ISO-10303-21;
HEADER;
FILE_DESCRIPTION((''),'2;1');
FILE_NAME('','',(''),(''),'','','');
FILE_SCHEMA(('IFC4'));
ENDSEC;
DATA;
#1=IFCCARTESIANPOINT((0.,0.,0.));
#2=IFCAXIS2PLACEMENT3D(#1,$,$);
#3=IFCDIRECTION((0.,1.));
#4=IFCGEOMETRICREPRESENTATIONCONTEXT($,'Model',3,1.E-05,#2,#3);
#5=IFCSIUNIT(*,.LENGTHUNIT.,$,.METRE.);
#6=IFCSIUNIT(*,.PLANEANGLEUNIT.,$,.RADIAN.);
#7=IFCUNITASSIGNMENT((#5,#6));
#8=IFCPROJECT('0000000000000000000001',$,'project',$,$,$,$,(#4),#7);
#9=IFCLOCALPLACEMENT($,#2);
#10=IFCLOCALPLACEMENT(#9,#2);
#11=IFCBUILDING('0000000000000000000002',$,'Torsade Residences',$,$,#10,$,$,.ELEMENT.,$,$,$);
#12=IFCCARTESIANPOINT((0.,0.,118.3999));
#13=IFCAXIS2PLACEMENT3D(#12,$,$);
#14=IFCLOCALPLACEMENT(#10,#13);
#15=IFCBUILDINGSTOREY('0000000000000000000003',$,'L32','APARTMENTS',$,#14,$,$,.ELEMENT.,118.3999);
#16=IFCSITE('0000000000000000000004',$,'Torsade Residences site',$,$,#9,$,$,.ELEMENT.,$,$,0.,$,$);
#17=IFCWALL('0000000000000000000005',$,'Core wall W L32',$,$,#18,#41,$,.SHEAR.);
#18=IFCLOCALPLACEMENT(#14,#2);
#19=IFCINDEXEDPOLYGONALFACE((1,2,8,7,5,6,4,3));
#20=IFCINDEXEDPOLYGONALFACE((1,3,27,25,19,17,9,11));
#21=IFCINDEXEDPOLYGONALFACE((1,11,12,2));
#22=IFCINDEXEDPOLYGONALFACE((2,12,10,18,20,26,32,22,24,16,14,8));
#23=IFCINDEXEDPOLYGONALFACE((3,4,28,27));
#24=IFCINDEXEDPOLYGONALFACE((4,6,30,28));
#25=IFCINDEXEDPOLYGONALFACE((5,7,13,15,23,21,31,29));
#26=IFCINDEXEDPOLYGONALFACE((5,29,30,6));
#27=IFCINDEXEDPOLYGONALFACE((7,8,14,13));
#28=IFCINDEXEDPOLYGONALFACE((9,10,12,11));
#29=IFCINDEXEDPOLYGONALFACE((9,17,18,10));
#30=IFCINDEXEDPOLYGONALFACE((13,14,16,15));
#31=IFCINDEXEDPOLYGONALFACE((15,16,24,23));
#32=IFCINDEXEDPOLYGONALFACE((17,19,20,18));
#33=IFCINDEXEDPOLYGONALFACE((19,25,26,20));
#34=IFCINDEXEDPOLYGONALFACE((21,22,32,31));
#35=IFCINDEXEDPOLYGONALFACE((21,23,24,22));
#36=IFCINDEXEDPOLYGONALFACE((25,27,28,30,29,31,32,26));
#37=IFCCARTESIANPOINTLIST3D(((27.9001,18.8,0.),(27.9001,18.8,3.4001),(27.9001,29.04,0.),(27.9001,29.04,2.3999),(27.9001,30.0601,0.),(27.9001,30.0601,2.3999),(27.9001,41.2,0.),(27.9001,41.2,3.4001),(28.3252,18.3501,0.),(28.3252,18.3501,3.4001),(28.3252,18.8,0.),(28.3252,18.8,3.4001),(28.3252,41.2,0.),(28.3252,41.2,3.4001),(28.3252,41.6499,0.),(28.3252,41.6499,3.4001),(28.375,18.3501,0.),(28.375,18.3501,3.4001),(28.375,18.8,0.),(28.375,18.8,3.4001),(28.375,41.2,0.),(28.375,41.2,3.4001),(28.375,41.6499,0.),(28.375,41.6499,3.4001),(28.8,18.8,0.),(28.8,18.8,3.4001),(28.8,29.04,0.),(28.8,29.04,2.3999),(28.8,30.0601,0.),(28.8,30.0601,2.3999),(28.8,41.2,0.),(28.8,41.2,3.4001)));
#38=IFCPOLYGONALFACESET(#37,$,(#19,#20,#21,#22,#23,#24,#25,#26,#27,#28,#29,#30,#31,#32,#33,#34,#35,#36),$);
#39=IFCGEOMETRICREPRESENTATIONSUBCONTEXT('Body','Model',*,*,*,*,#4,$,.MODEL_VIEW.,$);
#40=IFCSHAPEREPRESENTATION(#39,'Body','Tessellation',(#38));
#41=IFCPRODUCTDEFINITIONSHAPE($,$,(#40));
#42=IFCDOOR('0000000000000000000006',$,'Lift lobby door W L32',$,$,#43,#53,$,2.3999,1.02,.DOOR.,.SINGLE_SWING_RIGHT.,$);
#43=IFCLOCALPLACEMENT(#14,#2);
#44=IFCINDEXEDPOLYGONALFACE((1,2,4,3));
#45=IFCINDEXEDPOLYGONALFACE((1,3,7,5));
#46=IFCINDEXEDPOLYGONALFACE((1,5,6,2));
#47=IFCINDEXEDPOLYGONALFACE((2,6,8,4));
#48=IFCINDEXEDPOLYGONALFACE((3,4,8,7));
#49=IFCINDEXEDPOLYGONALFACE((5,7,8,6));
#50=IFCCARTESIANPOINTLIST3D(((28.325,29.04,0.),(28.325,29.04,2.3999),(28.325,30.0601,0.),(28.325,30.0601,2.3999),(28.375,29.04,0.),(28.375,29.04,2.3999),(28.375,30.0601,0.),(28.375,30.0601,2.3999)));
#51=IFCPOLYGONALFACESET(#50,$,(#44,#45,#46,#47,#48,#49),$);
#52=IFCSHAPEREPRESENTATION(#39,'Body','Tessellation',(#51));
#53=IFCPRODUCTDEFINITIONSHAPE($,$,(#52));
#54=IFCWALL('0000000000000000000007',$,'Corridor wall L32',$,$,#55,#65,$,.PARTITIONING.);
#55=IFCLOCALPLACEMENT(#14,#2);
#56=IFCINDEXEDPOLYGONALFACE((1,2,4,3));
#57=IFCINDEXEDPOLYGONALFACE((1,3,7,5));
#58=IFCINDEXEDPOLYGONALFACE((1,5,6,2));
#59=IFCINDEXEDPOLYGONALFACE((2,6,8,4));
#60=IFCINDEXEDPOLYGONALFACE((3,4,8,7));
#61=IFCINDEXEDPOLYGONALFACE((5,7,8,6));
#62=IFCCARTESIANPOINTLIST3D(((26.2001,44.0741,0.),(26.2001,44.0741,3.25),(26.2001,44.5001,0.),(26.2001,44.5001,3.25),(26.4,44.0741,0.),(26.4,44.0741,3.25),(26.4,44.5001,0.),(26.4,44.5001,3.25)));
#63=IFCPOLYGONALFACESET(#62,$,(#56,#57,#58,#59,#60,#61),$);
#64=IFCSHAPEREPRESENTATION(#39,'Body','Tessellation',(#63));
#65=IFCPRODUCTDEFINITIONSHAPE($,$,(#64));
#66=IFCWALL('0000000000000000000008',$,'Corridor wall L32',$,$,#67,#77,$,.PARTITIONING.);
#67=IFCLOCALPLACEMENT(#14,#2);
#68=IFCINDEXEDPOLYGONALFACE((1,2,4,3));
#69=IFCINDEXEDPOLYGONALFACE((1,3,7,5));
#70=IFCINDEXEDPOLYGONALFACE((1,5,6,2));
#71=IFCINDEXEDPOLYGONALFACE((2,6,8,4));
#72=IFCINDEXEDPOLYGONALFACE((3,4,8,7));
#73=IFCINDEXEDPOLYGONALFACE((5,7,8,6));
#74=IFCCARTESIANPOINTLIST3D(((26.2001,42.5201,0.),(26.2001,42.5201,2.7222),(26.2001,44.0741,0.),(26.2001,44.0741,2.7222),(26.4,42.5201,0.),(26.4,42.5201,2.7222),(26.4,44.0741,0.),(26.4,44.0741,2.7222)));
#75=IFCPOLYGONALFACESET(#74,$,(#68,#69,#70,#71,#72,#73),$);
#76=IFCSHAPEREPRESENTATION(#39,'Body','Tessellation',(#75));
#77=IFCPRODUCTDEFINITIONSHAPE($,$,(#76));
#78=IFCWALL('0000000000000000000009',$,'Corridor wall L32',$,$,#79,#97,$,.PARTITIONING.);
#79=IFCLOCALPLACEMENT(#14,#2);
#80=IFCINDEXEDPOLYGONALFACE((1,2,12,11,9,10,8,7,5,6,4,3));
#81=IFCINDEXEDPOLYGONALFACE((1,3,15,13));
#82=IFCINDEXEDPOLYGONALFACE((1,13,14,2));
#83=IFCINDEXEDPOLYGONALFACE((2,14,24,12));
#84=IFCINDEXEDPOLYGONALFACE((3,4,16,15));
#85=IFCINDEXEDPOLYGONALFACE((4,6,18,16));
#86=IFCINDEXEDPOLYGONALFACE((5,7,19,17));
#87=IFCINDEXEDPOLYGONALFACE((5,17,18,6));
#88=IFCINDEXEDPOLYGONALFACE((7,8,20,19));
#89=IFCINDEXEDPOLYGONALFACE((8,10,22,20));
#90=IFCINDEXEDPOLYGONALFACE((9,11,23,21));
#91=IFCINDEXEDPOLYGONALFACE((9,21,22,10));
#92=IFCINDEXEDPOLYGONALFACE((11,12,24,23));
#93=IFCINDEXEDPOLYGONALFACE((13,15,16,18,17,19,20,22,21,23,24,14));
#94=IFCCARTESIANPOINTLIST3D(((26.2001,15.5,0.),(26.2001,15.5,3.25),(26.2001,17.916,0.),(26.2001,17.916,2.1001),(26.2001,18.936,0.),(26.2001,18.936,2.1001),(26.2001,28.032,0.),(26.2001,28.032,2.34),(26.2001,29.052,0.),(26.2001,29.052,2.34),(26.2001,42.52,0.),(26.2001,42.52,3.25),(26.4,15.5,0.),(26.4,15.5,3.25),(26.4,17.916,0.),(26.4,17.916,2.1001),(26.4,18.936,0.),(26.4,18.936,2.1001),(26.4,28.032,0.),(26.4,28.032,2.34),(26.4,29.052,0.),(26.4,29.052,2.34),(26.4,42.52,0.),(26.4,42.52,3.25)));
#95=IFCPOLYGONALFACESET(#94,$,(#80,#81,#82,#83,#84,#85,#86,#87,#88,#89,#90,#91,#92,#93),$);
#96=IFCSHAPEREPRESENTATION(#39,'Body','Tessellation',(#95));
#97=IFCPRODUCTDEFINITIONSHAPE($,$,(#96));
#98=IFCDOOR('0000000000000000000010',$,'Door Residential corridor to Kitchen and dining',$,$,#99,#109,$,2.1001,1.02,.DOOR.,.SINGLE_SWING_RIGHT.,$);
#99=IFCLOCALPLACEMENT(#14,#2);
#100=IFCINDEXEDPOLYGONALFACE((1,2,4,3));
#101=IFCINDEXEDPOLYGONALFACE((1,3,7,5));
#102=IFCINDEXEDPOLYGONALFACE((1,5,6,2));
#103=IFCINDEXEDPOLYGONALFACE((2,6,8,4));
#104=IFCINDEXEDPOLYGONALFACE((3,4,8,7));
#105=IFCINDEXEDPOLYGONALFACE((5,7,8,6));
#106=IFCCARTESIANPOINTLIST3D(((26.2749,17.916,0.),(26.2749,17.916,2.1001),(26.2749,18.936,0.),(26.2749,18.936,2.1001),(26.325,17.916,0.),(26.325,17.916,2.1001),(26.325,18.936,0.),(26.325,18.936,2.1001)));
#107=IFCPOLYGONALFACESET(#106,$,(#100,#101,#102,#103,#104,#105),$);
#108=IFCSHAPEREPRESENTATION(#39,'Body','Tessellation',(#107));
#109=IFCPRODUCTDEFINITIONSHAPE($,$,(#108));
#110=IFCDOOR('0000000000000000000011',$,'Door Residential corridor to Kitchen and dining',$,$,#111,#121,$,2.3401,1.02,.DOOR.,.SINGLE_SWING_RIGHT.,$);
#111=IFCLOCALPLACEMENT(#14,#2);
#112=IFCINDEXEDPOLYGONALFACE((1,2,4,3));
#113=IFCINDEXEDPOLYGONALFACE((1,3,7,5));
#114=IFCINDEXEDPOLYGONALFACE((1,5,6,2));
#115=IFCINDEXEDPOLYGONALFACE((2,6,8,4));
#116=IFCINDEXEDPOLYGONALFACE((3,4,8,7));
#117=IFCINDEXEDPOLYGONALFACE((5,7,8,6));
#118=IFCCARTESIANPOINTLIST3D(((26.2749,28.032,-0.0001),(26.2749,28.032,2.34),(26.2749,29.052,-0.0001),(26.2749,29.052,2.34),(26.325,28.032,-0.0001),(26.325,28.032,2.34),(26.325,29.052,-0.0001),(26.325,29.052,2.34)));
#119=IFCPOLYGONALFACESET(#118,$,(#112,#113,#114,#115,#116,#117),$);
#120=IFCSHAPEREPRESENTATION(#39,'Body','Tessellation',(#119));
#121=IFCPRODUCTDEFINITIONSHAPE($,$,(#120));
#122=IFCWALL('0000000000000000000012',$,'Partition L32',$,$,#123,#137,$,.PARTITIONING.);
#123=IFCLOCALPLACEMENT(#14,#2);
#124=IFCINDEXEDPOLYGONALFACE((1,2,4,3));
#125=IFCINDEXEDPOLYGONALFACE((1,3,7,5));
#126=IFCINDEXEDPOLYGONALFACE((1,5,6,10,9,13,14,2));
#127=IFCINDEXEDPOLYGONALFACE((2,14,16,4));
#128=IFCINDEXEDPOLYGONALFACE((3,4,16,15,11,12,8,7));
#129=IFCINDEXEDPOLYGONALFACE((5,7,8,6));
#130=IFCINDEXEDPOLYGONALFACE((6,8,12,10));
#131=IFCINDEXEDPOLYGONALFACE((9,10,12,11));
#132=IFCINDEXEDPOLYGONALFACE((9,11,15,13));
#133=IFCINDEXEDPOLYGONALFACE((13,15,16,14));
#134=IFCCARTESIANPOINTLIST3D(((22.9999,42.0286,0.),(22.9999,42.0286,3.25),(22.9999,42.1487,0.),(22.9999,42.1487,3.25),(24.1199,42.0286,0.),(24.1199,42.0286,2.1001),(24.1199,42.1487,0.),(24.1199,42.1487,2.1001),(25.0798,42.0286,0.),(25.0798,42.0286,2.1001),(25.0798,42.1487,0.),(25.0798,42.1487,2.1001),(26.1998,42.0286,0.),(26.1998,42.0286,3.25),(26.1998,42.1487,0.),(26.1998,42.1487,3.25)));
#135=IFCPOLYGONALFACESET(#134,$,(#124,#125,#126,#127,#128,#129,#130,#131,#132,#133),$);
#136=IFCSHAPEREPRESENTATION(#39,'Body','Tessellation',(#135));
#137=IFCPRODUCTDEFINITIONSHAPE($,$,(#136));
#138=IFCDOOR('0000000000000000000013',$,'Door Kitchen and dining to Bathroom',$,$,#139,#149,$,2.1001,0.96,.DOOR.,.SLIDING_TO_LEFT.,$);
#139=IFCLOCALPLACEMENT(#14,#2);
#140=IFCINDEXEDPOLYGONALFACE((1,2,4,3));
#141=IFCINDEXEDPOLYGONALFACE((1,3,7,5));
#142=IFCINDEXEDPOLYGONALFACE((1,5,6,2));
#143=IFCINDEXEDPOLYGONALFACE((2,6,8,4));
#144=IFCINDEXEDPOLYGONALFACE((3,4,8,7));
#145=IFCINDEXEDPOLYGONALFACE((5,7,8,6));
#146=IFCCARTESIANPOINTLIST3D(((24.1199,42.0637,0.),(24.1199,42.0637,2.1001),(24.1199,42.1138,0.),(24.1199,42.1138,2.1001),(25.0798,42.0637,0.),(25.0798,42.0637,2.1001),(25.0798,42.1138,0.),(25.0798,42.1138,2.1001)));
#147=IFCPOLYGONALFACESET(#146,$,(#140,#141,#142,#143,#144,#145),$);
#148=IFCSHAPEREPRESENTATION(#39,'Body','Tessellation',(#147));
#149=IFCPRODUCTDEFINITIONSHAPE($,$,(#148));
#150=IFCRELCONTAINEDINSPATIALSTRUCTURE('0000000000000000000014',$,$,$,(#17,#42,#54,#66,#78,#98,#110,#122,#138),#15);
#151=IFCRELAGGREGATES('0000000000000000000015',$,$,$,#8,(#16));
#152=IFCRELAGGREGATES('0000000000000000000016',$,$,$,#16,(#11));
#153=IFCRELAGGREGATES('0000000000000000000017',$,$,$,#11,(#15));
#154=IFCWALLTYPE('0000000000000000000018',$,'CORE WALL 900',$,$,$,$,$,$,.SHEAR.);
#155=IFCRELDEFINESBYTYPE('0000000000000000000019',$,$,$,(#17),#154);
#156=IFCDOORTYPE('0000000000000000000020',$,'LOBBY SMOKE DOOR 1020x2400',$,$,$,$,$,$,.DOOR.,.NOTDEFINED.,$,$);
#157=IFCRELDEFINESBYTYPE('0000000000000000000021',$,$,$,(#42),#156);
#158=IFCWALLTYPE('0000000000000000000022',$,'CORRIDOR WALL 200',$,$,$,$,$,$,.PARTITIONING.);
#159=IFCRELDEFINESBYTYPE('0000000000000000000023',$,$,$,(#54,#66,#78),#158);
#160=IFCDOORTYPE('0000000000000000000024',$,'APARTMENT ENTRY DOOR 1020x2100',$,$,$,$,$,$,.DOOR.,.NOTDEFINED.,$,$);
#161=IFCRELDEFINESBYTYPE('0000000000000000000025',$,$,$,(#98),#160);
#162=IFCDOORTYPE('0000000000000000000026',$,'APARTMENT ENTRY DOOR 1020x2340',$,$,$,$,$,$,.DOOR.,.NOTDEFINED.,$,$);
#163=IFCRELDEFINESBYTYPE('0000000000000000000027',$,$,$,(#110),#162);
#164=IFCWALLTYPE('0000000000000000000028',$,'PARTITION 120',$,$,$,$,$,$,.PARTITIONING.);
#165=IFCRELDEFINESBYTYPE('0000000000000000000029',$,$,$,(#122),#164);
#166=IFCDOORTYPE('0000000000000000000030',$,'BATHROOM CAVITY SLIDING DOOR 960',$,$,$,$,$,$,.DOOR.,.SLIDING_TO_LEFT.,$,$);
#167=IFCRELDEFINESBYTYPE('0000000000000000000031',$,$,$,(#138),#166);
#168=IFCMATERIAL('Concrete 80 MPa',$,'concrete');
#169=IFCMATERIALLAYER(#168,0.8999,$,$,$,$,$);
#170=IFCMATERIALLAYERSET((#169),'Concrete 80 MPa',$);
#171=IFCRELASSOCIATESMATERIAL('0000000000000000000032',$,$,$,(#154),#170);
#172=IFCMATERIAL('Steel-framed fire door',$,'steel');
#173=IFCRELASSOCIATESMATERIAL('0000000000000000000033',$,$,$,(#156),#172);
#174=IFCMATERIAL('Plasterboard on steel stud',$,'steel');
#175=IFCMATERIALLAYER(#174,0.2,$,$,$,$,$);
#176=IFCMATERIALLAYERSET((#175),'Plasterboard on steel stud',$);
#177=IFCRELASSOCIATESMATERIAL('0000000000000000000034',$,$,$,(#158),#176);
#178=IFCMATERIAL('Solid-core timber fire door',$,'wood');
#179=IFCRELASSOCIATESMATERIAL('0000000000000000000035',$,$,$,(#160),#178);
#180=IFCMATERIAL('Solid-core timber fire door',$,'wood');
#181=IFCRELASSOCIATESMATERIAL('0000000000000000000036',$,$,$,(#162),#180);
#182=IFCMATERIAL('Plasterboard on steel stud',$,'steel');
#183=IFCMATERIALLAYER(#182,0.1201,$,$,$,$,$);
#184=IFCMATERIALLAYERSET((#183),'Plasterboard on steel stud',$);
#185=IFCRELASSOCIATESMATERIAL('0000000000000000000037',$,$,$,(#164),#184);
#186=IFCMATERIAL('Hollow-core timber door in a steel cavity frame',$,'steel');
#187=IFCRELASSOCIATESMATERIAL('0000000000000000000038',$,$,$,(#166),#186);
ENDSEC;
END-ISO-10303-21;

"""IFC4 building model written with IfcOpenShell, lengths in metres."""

from ifc_helpers import new_model, si_unit, direction, frame, frame_2d, origin, place, context, subcontext, project, spatial, polyline, rectangle, outline, extrude, material, layer, layer_set, type_object, element, fill, save


model = new_model("IFC4")

# Units and contexts
model_context = context("Model", 3, precision=1e-05, world=origin(), true_north=direction((0.0, 1.0)))
body_context = subcontext(model_context, "Body", "Model", "MODEL_VIEW")
ifc_project = project(units=[si_unit("LENGTHUNIT", "METRE"), si_unit("PLANEANGLEUNIT", "RADIAN")], contexts=[model_context])

# Site, building, storey
site_placement = place(None, origin())
site = spatial("IfcSite", under=ifc_project, at=site_placement, Name="Torsade Residences site", CompositionType="ELEMENT", RefElevation=0.0)
building_placement = place(site_placement, origin())
building = spatial("IfcBuilding", under=site, at=building_placement, Name="Torsade Residences", CompositionType="ELEMENT")
storey_placement = place(building_placement, frame((0.0, 0.0, 118.3999)))
storey = spatial("IfcBuildingStorey", under=building, at=storey_placement, Name="L32", Description="APARTMENTS", CompositionType="ELEMENT", Elevation=118.3999)

# Shared definitions
ifc_material_1 = material(Name="Concrete 80 MPa", Category="concrete")
ifc_layer_1 = layer(ifc_material_1, 0.8999)
ifc_layer_set_1 = layer_set([ifc_layer_1], Name="Concrete 80 MPa")
wall_type_1 = type_object("IfcWallType", Name="CORE WALL 900", PredefinedType="SHEAR", material=ifc_layer_set_1)

# Wall, opening, door
wall_1_placement = place(storey_placement, frame((28.3501, 41.2, 0.0), z_axis=(0.0, 0.0, 1.0), x_axis=(0.0, -1.0, 0.0)))
wall_1 = element("IfcWall", 1, at=wall_1_placement, inside=storey, type_object=wall_type_1, Name="Core wall W L32", PredefinedType="SHEAR", context=body_context, shape_type="SweptSolid", body=[
    extrude(outline(polyline([(0.0, -0.45), (22.3999, -0.45), (22.3999, -0.0249), (22.8499, -0.0249), (22.8499, 0.0249), (22.3999, 0.0249), (22.3999, 0.45), (0.0, 0.45), (0.0, 0.0249), (-0.45, 0.0249), (-0.45, -0.0249), (0.0, -0.0249), (0.0, -0.45)])), origin(), (0.0, 0.0, 1.0), 3.4001),
])
opening_1_placement = place(wall_1_placement, frame((11.1399, 0.0, 0.0)))
opening_1 = element("IfcOpeningElement", 2, at=opening_1_placement, cuts=wall_1, PredefinedType="OPENING", context=body_context, shape_type="SweptSolid", body=[
    extrude(rectangle(XDim=1.02, YDim=2.3999, at=frame_2d((0.51, 1.2))), frame((0.0, 0.46, 0.0), z_axis=(0.0, -1.0, 0.0), x_axis=(1.0, 0.0, 0.0)), (0.0, 0.0, 1.0), 0.9199),
])
ifc_material_2 = material(Name="Steel-framed fire door", Category="steel")
door_type_1 = type_object("IfcDoorType", Name="LOBBY SMOKE DOOR 1020x2400", OperationType="NOTDEFINED", PredefinedType="DOOR", material=ifc_material_2)
door_1_placement = place(opening_1_placement, origin())
door_1 = element("IfcDoor", 3, at=door_1_placement, inside=storey, type_object=door_type_1, Name="Lift lobby door W L32", OperationType="SINGLE_SWING_RIGHT", OverallHeight=2.3999, OverallWidth=1.02, PredefinedType="DOOR", context=body_context, shape_type="SweptSolid", body=[
    extrude(rectangle(XDim=1.02, YDim=2.3999, at=frame_2d((0.51, 1.2))), frame((0.0, 0.0249, 0.0), z_axis=(0.0, -1.0, 0.0), x_axis=(1.0, 0.0, 0.0)), (0.0, 0.0, 1.0), 0.05),
])
fill(opening_1, door_1)

# Walls
ifc_material_3 = material(Name="Plasterboard on steel stud", Category="steel")
ifc_layer_2 = layer(ifc_material_3, 0.2)
ifc_layer_set_2 = layer_set([ifc_layer_2], Name="Plasterboard on steel stud")
wall_type_2 = type_object("IfcWallType", Name="CORRIDOR WALL 200", PredefinedType="PARTITIONING", material=ifc_layer_set_2)
wall_2_placement = place(storey_placement, frame((26.3, 44.5, 0.0), z_axis=(0.0, 0.0, 1.0), x_axis=(0.0, -1.0, 0.0)))
element("IfcWall", 4, at=wall_2_placement, inside=storey, type_object=wall_type_2, Name="Corridor wall L32", PredefinedType="PARTITIONING", context=body_context, shape_type="SweptSolid", body=[
    extrude(rectangle(XDim=0.426, YDim=0.2, at=frame_2d((0.2129, 0.0))), origin(), (0.0, 0.0, 1.0), 3.25),
])
wall_3_placement = place(storey_placement, frame((26.3, 44.074, 0.0), z_axis=(0.0, 0.0, 1.0), x_axis=(0.0, -1.0, 0.0)))
element("IfcWall", 5, at=wall_3_placement, inside=storey, type_object=wall_type_2, Name="Corridor wall L32", PredefinedType="PARTITIONING", context=body_context, shape_type="SweptSolid", body=[
    extrude(rectangle(XDim=1.554, YDim=0.2, at=frame_2d((0.7769, 0.0))), origin(), (0.0, 0.0, 1.0), 2.7222),
])

# Wall, openings, doors
wall_4_placement = place(storey_placement, frame((26.3, 42.52, 0.0), z_axis=(0.0, 0.0, 1.0), x_axis=(0.0, -1.0, 0.0)))
wall_4 = element("IfcWall", 6, at=wall_4_placement, inside=storey, type_object=wall_type_2, Name="Corridor wall L32", PredefinedType="PARTITIONING", context=body_context, shape_type="SweptSolid", body=[
    extrude(rectangle(XDim=27.02, YDim=0.2, at=frame_2d((13.51, 0.0))), origin(), (0.0, 0.0, 1.0), 3.25),
])
opening_2_placement = place(wall_4_placement, frame((23.584, 0.0, 0.0)))
opening_2 = element("IfcOpeningElement", 7, at=opening_2_placement, cuts=wall_4, PredefinedType="OPENING", context=body_context, shape_type="SweptSolid", body=[
    extrude(rectangle(XDim=1.02, YDim=2.1001, at=frame_2d((0.51, 1.05))), frame((0.0, 0.1099, 0.0), z_axis=(0.0, -1.0, 0.0), x_axis=(1.0, 0.0, 0.0)), (0.0, 0.0, 1.0), 0.22),
])
opening_3_placement = place(wall_4_placement, frame((13.468, 0.0, 0.0)))
opening_3 = element("IfcOpeningElement", 8, at=opening_3_placement, cuts=wall_4, PredefinedType="OPENING", context=body_context, shape_type="SweptSolid", body=[
    extrude(rectangle(XDim=1.02, YDim=2.3401, at=frame_2d((0.51, 1.1699))), frame((0.0, 0.1099, 0.0), z_axis=(0.0, -1.0, 0.0), x_axis=(1.0, 0.0, 0.0)), (0.0, 0.0, 1.0), 0.22),
])
ifc_material_4 = material(Name="Solid-core timber fire door", Category="wood")
door_type_2 = type_object("IfcDoorType", Name="APARTMENT ENTRY DOOR 1020x2100", OperationType="NOTDEFINED", PredefinedType="DOOR", material=ifc_material_4)
door_2_placement = place(opening_2_placement, origin())
door_2 = element("IfcDoor", 9, at=door_2_placement, inside=storey, type_object=door_type_2, Name="Door Residential corridor to Kitchen and dining", OperationType="SINGLE_SWING_RIGHT", OverallHeight=2.1001, OverallWidth=1.02, PredefinedType="DOOR", context=body_context, shape_type="SweptSolid", body=[
    extrude(rectangle(XDim=1.02, YDim=2.1001, at=frame_2d((0.51, 1.05))), frame((0.0, 0.0249, 0.0), z_axis=(0.0, -1.0, 0.0), x_axis=(1.0, 0.0, 0.0)), (0.0, 0.0, 1.0), 0.05),
])
fill(opening_2, door_2)
ifc_material_5 = material(Name="Solid-core timber fire door", Category="wood")
door_type_3 = type_object("IfcDoorType", Name="APARTMENT ENTRY DOOR 1020x2340", OperationType="NOTDEFINED", PredefinedType="DOOR", material=ifc_material_5)
door_3_placement = place(opening_3_placement, origin())
door_3 = element("IfcDoor", 10, at=door_3_placement, inside=storey, type_object=door_type_3, Name="Door Residential corridor to Kitchen and dining", OperationType="SINGLE_SWING_RIGHT", OverallHeight=2.3401, OverallWidth=1.02, PredefinedType="DOOR", context=body_context, shape_type="SweptSolid", body=[
    extrude(rectangle(XDim=1.02, YDim=2.3401, at=frame_2d((0.51, 1.1699))), frame((0.0, 0.0249, 0.0), z_axis=(0.0, -1.0, 0.0), x_axis=(1.0, 0.0, 0.0)), (0.0, 0.0, 1.0), 0.05),
])
fill(opening_3, door_3)

# Wall, opening, door
ifc_material_6 = material(Name="Plasterboard on steel stud", Category="steel")
ifc_layer_3 = layer(ifc_material_6, 0.1201)
ifc_layer_set_3 = layer_set([ifc_layer_3], Name="Plasterboard on steel stud")
wall_type_3 = type_object("IfcWallType", Name="PARTITION 120", PredefinedType="PARTITIONING", material=ifc_layer_set_3)
wall_5_placement = place(storey_placement, frame((26.2, 42.0886, 0.0), z_axis=(0.0, 0.0, 1.0), x_axis=(-1.0, 0.0, 0.0)))
wall_5 = element("IfcWall", 11, at=wall_5_placement, inside=storey, type_object=wall_type_3, Name="Partition L32", PredefinedType="PARTITIONING", context=body_context, shape_type="SweptSolid", body=[
    extrude(rectangle(XDim=3.2, YDim=0.1201, at=frame_2d((1.6001, 0.0))), origin(), (0.0, 0.0, 1.0), 3.25),
])
opening_4_placement = place(wall_5_placement, frame((1.1201, 0.0, 0.0)))
opening_4 = element("IfcOpeningElement", 12, at=opening_4_placement, cuts=wall_5, PredefinedType="OPENING", context=body_context, shape_type="SweptSolid", body=[
    extrude(rectangle(XDim=0.96, YDim=2.1001, at=frame_2d((0.48, 1.05))), frame((0.0, 0.0701, 0.0), z_axis=(0.0, -1.0, 0.0), x_axis=(1.0, 0.0, 0.0)), (0.0, 0.0, 1.0), 0.1401),
])
ifc_material_7 = material(Name="Hollow-core timber door in a steel cavity frame", Category="steel")
door_type_4 = type_object("IfcDoorType", Name="BATHROOM CAVITY SLIDING DOOR 960", OperationType="SLIDING_TO_LEFT", PredefinedType="DOOR", material=ifc_material_7)
door_4_placement = place(opening_4_placement, origin())
door_4 = element("IfcDoor", 13, at=door_4_placement, inside=storey, type_object=door_type_4, Name="Door Kitchen and dining to Bathroom", OperationType="SLIDING_TO_LEFT", OverallHeight=2.1001, OverallWidth=0.96, PredefinedType="DOOR", context=body_context, shape_type="SweptSolid", body=[
    extrude(rectangle(XDim=0.96, YDim=2.1001, at=frame_2d((0.48, 1.05))), frame((0.0, 0.0249, 0.0), z_axis=(0.0, -1.0, 0.0), x_axis=(1.0, 0.0, 0.0)), (0.0, 0.0, 1.0), 0.05),
])
fill(opening_4, door_4)

save(model, "model.ifc")
